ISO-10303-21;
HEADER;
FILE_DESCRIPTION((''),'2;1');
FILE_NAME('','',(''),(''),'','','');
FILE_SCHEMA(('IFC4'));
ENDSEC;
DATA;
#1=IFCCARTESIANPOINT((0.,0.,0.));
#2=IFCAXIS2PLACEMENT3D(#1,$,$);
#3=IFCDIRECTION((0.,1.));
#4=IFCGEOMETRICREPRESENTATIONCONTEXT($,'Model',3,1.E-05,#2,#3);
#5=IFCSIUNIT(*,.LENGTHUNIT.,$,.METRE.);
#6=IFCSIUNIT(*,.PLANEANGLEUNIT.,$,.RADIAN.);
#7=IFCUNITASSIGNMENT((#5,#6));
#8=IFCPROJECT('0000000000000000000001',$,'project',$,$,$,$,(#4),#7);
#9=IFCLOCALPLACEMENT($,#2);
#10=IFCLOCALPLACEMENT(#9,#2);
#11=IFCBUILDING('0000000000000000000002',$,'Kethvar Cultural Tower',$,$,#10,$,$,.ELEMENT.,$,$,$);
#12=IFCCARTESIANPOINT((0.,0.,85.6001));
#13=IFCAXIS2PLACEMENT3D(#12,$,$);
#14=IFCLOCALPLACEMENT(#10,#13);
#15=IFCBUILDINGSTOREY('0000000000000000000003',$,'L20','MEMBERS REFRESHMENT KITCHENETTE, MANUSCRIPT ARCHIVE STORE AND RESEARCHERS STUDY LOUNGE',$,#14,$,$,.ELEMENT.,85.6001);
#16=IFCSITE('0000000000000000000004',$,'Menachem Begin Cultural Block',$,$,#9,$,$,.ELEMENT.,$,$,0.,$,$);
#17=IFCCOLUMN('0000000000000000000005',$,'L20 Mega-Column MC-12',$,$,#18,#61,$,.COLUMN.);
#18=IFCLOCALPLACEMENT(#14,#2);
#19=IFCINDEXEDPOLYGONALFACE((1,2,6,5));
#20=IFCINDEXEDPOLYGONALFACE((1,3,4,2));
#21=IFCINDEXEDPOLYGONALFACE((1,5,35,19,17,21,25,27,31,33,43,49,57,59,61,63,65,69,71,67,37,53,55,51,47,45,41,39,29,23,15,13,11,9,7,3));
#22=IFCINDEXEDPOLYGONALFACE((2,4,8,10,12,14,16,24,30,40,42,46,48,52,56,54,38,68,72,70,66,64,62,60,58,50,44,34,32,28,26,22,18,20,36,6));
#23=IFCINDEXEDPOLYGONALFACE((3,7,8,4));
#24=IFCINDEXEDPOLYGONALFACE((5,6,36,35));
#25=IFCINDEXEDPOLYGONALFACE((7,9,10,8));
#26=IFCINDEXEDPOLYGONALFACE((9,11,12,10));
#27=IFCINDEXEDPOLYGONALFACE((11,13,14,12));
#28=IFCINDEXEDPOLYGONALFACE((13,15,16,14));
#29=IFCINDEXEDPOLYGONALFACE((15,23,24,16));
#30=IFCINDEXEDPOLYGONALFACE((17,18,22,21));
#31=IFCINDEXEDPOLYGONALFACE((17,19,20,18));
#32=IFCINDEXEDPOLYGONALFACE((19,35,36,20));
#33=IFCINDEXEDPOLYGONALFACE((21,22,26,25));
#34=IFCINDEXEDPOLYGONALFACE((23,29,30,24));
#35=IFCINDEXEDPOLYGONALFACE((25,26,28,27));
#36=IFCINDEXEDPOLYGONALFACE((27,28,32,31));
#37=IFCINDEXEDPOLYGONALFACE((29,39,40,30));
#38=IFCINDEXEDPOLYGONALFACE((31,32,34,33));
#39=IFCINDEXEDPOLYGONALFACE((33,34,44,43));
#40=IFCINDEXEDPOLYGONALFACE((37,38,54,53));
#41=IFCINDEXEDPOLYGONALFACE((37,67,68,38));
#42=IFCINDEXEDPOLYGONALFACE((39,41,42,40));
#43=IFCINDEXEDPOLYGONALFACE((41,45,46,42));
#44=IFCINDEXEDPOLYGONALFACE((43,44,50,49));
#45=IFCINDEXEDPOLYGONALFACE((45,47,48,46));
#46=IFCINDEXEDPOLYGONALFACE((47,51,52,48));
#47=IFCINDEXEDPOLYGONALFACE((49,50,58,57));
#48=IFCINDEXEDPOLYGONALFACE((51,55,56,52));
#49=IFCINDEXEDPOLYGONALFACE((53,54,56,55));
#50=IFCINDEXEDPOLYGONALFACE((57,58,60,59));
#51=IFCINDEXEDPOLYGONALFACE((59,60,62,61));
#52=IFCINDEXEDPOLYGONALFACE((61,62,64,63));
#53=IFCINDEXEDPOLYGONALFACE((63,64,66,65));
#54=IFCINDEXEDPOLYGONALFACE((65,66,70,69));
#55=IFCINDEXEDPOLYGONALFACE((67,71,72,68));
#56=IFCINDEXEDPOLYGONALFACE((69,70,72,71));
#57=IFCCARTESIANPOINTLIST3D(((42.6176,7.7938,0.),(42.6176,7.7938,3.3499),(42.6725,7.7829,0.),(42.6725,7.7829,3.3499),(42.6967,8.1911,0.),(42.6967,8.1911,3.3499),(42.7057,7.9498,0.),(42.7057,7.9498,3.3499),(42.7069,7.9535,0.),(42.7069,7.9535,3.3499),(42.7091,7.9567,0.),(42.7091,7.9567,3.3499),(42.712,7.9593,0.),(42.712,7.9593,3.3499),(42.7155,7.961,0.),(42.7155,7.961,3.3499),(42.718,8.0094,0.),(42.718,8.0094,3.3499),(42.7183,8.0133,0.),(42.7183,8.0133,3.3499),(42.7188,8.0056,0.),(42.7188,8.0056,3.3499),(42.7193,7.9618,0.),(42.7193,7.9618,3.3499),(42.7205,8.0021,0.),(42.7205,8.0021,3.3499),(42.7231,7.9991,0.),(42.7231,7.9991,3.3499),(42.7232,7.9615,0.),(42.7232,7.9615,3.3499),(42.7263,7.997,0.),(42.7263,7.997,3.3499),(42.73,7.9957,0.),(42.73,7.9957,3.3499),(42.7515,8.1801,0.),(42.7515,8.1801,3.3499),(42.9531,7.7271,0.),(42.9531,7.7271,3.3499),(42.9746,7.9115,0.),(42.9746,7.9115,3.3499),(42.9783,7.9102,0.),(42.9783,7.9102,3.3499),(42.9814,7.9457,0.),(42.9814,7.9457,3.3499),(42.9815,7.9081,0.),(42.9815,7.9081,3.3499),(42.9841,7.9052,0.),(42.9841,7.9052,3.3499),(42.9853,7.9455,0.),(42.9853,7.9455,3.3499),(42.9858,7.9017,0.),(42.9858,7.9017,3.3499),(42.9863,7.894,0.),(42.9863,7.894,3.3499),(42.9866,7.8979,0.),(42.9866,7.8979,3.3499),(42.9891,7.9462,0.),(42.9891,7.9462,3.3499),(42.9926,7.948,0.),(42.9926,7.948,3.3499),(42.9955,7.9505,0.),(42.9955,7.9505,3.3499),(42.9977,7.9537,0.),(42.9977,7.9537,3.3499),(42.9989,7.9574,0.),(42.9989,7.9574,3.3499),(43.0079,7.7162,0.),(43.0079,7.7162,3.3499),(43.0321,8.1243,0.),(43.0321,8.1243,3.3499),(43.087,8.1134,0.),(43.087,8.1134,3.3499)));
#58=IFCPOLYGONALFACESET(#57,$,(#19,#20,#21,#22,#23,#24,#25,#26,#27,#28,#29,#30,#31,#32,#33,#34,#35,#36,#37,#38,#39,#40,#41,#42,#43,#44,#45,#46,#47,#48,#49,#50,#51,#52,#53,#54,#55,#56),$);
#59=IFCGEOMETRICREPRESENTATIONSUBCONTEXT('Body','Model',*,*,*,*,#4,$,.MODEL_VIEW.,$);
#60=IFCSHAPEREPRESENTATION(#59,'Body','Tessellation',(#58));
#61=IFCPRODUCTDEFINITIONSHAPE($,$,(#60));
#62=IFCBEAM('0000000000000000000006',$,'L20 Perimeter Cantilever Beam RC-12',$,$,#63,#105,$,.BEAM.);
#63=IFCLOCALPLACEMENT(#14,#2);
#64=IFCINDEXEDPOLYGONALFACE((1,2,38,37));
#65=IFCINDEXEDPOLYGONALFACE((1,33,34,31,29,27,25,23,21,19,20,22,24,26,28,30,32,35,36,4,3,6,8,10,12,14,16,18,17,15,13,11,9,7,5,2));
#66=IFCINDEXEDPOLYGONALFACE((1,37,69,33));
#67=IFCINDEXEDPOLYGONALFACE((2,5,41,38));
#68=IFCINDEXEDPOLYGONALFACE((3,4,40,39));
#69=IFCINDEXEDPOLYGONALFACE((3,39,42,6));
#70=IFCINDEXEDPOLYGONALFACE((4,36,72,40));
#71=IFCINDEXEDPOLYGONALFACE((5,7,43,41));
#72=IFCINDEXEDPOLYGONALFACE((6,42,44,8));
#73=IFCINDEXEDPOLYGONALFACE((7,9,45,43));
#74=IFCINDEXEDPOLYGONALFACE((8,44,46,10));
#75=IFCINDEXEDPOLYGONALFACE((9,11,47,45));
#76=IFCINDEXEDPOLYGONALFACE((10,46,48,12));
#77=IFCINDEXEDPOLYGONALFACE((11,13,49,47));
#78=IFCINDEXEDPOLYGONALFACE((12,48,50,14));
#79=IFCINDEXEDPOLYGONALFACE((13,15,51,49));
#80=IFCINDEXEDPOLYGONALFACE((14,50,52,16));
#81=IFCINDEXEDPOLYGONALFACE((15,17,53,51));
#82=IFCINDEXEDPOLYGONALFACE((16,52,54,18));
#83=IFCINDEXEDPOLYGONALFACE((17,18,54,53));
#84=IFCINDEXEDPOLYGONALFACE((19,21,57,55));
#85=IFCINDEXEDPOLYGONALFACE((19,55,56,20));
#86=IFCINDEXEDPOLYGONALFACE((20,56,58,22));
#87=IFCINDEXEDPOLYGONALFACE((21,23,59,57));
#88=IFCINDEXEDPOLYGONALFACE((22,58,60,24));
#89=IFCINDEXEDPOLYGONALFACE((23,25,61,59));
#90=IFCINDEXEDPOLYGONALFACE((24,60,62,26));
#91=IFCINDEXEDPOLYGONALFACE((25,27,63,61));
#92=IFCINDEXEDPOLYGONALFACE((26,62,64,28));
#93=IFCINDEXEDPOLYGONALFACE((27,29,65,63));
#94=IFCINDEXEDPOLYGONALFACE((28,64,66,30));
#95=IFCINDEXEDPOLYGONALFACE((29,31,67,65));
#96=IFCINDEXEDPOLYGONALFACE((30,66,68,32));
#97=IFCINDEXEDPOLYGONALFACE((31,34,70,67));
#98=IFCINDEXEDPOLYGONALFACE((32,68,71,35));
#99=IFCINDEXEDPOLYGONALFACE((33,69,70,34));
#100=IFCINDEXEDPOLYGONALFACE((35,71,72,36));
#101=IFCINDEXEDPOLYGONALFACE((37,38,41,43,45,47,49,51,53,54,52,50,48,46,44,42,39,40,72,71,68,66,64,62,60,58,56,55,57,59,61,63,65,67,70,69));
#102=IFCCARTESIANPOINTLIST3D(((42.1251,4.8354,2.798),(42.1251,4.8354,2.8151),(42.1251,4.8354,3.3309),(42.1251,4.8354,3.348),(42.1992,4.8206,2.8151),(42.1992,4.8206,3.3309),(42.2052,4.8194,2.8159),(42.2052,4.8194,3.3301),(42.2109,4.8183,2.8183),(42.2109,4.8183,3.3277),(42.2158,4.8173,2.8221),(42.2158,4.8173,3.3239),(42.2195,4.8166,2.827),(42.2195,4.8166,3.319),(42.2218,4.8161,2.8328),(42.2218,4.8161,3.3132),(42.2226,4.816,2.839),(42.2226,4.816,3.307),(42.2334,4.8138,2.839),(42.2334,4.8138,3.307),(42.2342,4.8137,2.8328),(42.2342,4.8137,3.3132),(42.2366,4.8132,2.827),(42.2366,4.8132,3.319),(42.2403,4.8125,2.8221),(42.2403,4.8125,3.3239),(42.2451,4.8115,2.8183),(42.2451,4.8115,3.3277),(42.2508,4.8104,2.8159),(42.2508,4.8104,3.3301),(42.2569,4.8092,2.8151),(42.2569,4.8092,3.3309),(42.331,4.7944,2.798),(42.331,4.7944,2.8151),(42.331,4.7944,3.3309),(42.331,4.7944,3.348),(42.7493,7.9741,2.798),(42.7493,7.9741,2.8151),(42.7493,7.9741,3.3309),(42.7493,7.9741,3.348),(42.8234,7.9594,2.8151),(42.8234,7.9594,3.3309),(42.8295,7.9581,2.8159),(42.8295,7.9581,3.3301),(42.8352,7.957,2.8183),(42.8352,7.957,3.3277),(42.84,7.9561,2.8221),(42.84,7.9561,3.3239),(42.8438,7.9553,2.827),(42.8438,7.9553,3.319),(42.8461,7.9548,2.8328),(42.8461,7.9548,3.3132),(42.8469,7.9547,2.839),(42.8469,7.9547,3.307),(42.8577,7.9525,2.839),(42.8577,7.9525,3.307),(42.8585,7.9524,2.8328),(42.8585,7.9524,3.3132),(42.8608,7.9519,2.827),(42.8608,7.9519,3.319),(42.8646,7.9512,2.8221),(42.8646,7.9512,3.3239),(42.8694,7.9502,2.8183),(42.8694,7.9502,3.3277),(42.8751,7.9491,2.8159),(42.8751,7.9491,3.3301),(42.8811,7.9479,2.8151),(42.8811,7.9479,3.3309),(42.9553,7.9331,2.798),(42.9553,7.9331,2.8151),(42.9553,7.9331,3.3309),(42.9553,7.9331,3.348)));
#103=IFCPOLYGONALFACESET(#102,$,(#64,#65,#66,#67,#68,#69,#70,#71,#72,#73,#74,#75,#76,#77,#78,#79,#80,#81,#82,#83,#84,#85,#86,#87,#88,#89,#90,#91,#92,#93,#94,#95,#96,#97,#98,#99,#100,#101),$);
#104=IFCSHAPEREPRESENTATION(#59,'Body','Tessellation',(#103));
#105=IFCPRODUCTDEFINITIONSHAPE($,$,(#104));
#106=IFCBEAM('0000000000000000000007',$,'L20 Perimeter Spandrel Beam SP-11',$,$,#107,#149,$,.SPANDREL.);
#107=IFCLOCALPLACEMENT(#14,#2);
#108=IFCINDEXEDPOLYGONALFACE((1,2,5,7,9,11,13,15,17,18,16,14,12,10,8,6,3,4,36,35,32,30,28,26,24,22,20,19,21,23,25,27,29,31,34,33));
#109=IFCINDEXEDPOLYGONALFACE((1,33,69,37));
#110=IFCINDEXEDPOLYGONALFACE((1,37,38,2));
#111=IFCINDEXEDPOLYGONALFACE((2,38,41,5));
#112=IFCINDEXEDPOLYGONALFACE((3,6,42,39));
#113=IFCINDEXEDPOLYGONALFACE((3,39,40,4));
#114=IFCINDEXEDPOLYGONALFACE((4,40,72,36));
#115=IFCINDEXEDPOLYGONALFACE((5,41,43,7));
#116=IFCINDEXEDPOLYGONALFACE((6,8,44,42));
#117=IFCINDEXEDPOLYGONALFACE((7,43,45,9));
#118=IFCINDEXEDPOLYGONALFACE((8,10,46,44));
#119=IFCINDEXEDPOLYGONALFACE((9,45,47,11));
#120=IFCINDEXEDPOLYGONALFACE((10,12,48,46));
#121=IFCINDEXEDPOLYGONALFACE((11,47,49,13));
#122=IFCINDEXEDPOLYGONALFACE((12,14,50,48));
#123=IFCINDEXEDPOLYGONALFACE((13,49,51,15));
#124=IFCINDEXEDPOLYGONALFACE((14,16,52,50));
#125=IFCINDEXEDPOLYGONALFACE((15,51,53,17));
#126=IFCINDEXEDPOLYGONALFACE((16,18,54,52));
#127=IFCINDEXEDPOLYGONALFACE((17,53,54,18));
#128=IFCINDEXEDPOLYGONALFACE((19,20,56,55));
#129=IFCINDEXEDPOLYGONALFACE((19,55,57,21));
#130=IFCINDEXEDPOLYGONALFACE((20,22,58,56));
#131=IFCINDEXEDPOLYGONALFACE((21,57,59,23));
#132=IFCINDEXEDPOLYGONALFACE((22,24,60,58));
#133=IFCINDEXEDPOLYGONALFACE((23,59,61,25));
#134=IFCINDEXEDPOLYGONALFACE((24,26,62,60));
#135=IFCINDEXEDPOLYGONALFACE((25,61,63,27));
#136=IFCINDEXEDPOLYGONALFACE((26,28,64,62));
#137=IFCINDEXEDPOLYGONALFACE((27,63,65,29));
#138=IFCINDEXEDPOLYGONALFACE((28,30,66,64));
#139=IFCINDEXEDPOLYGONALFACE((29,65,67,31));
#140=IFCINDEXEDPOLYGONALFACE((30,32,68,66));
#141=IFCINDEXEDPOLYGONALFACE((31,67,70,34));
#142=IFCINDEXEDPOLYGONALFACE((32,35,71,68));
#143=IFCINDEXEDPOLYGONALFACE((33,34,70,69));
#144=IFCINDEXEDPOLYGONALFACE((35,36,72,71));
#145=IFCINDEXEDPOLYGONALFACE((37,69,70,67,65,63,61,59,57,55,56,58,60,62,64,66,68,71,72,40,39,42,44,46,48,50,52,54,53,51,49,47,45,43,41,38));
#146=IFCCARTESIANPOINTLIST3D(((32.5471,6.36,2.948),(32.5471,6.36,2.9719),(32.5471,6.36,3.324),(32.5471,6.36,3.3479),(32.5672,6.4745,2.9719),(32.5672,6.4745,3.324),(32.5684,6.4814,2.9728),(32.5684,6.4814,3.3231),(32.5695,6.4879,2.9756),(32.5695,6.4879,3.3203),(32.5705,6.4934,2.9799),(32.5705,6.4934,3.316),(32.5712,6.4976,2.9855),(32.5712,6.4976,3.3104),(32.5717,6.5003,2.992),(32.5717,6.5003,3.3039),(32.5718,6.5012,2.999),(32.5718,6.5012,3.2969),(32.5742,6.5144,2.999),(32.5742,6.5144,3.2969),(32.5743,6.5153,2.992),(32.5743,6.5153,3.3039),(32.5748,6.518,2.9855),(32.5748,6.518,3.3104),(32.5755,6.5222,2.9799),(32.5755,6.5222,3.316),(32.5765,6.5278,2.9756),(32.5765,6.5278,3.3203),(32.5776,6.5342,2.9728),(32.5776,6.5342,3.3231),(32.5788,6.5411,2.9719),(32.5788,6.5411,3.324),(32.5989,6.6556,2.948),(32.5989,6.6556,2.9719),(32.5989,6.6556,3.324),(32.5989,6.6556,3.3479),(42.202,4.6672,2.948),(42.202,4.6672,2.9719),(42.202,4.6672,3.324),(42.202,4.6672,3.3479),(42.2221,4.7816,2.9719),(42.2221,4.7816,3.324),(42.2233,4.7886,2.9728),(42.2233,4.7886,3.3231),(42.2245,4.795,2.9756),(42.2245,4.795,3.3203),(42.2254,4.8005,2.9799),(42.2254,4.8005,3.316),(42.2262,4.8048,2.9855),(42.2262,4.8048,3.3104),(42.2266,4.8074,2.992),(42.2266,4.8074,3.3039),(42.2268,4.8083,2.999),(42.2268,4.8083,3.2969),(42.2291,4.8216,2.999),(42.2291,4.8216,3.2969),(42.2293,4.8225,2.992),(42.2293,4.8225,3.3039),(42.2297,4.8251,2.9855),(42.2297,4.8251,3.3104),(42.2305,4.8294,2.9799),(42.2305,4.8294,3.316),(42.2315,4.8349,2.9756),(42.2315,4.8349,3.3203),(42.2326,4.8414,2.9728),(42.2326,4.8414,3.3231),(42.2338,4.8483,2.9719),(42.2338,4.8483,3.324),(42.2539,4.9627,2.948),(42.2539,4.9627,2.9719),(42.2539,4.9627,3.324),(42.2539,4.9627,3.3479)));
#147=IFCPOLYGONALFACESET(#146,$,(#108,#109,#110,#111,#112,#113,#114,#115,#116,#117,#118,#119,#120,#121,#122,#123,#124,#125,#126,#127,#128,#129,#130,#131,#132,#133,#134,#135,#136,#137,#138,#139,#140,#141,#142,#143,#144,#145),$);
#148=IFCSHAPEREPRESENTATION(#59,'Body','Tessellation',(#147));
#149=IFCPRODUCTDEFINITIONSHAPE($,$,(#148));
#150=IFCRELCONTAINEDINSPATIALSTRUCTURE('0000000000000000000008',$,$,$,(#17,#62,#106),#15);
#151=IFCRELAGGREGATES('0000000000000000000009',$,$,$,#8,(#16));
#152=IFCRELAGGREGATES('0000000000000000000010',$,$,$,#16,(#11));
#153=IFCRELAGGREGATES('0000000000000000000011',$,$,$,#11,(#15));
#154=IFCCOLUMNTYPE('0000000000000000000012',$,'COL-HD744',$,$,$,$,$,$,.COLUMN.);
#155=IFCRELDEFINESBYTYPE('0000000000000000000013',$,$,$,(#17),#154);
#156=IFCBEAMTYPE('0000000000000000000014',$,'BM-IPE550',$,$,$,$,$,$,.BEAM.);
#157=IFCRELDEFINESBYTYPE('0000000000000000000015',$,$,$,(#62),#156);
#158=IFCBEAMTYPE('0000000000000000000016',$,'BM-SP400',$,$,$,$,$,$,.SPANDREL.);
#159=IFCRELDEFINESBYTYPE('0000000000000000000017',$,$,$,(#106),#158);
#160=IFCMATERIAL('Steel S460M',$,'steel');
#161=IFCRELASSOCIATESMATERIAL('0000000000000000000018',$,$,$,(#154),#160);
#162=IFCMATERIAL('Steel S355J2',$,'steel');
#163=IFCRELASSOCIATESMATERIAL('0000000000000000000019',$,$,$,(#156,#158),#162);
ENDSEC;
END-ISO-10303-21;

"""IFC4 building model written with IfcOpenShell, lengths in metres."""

from ifc_helpers import new_model, si_unit, direction, frame, origin, origin_2d, place, context, subcontext, project, spatial, i_section, extrude, source, transform, mapped, material, material_profile, profile_set, type_object, element, save


model = new_model("IFC4")

# Units and contexts
model_context = context("Model", 3, precision=1e-05, world=origin(), true_north=direction((0.0, 1.0)))
body_context = subcontext(model_context, "Body", "Model", "MODEL_VIEW")
ifc_project = project(units=[si_unit("LENGTHUNIT", "METRE"), si_unit("PLANEANGLEUNIT", "RADIAN")], contexts=[model_context])

# Site, building, storey
site_placement = place(None, origin())
site = spatial("IfcSite", under=ifc_project, at=site_placement, Name="Menachem Begin Cultural Block", CompositionType="ELEMENT", RefElevation=0.0)
building_placement = place(site_placement, origin())
building = spatial("IfcBuilding", under=site, at=building_placement, Name="Kethvar Cultural Tower", CompositionType="ELEMENT")
storey_placement = place(building_placement, frame((0.0, 0.0, 85.6001)))
storey = spatial("IfcBuildingStorey", under=building, at=storey_placement, Name="L20", Description="MEMBERS REFRESHMENT KITCHENETTE, MANUSCRIPT ARCHIVE STORE AND RESEARCHERS STUDY LOUNGE", CompositionType="ELEMENT", Elevation=85.6001)

# Column
ifc_material_1 = material(Name="Steel S460M", Category="steel")
ifc_material_profile_1 = material_profile(ifc_material_1, i_section(OverallWidth=0.405, OverallDepth=0.3979, WebThickness=0.0349, FlangeThickness=0.0559, FilletRadius=0.0149, at=origin_2d()), Name="Steel S460M — HD400x744")
ifc_profile_set_1 = profile_set([ifc_material_profile_1], Name="Steel S460M — HD400x744")
column_type = type_object("IfcColumnType", Name="COL-HD744", PredefinedType="COLUMN", material=ifc_profile_set_1)
shared_shape_1 = source(origin(), body_context, "Body", "SweptSolid", [
    extrude(i_section(OverallWidth=0.405, OverallDepth=0.3979, WebThickness=0.0349, FlangeThickness=0.0559, FilletRadius=0.0149, at=origin_2d()), origin(), (0.0, 0.0, 1.0), 3.3499),
])
column_placement = place(storey_placement, frame((42.8523, 7.9536, 0.0), z_axis=(0.0, 0.0, 1.0), x_axis=(-0.19509, -0.980785, 0.0)))
element("IfcColumn", 1, at=column_placement, inside=storey, type_object=column_type, Name="L20 Mega-Column MC-12", PredefinedType="COLUMN", context=body_context, shape_type="MappedRepresentation", body=[
    mapped(shared_shape_1, transform((0.0, 0.0, 0.0), scale=1.0)),
])

# Beams
ifc_material_2 = material(Name="Steel S355J2", Category="steel")
ifc_material_profile_2 = material_profile(ifc_material_2, i_section(OverallWidth=0.21, OverallDepth=0.55, WebThickness=0.011, FlangeThickness=0.0171, FilletRadius=0.0239, at=origin_2d()), Name="Steel S355J2 — IPE550")
ifc_profile_set_2 = profile_set([ifc_material_profile_2], Name="Steel S355J2 — IPE550")
beam_type_1 = type_object("IfcBeamType", Name="BM-IPE550", PredefinedType="BEAM", material=ifc_profile_set_2)
shared_shape_2 = source(origin(), body_context, "Body", "SweptSolid", [
    extrude(i_section(OverallWidth=0.21, OverallDepth=0.55, WebThickness=0.011, FlangeThickness=0.0171, FilletRadius=0.0239, at=origin_2d()), origin(), (0.0, 0.0, 1.0), 3.2002),
])
beam_1_placement = place(storey_placement, frame((42.8523, 7.9536, 3.073), z_axis=(-0.195074, -0.980788, 0.0), x_axis=(0.980788, -0.195074, 0.0)))
element("IfcBeam", 2, at=beam_1_placement, inside=storey, type_object=beam_type_1, Name="L20 Perimeter Cantilever Beam RC-12", PredefinedType="BEAM", context=body_context, shape_type="MappedRepresentation", body=[
    mapped(shared_shape_2, transform((0.0, 0.0, 0.0), scale=1.0)),
])
ifc_material_profile_3 = material_profile(ifc_material_2, i_section(OverallWidth=0.3, OverallDepth=0.3999, WebThickness=0.0134, FlangeThickness=0.0239, FilletRadius=0.0271, at=origin_2d()), Name="Steel S355J2 — HEB400")
ifc_profile_set_3 = profile_set([ifc_material_profile_3], Name="Steel S355J2 — HEB400")
beam_type_2 = type_object("IfcBeamType", Name="BM-SP400", PredefinedType="SPANDREL", material=ifc_profile_set_3)
shared_shape_3 = source(origin(), body_context, "Body", "SweptSolid", [
    extrude(i_section(OverallWidth=0.3, OverallDepth=0.3999, WebThickness=0.0134, FlangeThickness=0.0239, FilletRadius=0.0271, at=origin_2d()), origin(), (0.0, 0.0, 1.0), 9.8022),
])
beam_2_placement = place(storey_placement, frame((32.573, 6.5078, 3.1479), z_axis=(0.984974, -0.172701, 0.0), x_axis=(0.172701, 0.984974, 0.0)))
element("IfcBeam", 3, at=beam_2_placement, inside=storey, type_object=beam_type_2, Name="L20 Perimeter Spandrel Beam SP-11", PredefinedType="SPANDREL", context=body_context, shape_type="MappedRepresentation", body=[
    mapped(shared_shape_3, transform((0.0, 0.0, 0.0), scale=1.0)),
])

save(model, "model.ifc")
